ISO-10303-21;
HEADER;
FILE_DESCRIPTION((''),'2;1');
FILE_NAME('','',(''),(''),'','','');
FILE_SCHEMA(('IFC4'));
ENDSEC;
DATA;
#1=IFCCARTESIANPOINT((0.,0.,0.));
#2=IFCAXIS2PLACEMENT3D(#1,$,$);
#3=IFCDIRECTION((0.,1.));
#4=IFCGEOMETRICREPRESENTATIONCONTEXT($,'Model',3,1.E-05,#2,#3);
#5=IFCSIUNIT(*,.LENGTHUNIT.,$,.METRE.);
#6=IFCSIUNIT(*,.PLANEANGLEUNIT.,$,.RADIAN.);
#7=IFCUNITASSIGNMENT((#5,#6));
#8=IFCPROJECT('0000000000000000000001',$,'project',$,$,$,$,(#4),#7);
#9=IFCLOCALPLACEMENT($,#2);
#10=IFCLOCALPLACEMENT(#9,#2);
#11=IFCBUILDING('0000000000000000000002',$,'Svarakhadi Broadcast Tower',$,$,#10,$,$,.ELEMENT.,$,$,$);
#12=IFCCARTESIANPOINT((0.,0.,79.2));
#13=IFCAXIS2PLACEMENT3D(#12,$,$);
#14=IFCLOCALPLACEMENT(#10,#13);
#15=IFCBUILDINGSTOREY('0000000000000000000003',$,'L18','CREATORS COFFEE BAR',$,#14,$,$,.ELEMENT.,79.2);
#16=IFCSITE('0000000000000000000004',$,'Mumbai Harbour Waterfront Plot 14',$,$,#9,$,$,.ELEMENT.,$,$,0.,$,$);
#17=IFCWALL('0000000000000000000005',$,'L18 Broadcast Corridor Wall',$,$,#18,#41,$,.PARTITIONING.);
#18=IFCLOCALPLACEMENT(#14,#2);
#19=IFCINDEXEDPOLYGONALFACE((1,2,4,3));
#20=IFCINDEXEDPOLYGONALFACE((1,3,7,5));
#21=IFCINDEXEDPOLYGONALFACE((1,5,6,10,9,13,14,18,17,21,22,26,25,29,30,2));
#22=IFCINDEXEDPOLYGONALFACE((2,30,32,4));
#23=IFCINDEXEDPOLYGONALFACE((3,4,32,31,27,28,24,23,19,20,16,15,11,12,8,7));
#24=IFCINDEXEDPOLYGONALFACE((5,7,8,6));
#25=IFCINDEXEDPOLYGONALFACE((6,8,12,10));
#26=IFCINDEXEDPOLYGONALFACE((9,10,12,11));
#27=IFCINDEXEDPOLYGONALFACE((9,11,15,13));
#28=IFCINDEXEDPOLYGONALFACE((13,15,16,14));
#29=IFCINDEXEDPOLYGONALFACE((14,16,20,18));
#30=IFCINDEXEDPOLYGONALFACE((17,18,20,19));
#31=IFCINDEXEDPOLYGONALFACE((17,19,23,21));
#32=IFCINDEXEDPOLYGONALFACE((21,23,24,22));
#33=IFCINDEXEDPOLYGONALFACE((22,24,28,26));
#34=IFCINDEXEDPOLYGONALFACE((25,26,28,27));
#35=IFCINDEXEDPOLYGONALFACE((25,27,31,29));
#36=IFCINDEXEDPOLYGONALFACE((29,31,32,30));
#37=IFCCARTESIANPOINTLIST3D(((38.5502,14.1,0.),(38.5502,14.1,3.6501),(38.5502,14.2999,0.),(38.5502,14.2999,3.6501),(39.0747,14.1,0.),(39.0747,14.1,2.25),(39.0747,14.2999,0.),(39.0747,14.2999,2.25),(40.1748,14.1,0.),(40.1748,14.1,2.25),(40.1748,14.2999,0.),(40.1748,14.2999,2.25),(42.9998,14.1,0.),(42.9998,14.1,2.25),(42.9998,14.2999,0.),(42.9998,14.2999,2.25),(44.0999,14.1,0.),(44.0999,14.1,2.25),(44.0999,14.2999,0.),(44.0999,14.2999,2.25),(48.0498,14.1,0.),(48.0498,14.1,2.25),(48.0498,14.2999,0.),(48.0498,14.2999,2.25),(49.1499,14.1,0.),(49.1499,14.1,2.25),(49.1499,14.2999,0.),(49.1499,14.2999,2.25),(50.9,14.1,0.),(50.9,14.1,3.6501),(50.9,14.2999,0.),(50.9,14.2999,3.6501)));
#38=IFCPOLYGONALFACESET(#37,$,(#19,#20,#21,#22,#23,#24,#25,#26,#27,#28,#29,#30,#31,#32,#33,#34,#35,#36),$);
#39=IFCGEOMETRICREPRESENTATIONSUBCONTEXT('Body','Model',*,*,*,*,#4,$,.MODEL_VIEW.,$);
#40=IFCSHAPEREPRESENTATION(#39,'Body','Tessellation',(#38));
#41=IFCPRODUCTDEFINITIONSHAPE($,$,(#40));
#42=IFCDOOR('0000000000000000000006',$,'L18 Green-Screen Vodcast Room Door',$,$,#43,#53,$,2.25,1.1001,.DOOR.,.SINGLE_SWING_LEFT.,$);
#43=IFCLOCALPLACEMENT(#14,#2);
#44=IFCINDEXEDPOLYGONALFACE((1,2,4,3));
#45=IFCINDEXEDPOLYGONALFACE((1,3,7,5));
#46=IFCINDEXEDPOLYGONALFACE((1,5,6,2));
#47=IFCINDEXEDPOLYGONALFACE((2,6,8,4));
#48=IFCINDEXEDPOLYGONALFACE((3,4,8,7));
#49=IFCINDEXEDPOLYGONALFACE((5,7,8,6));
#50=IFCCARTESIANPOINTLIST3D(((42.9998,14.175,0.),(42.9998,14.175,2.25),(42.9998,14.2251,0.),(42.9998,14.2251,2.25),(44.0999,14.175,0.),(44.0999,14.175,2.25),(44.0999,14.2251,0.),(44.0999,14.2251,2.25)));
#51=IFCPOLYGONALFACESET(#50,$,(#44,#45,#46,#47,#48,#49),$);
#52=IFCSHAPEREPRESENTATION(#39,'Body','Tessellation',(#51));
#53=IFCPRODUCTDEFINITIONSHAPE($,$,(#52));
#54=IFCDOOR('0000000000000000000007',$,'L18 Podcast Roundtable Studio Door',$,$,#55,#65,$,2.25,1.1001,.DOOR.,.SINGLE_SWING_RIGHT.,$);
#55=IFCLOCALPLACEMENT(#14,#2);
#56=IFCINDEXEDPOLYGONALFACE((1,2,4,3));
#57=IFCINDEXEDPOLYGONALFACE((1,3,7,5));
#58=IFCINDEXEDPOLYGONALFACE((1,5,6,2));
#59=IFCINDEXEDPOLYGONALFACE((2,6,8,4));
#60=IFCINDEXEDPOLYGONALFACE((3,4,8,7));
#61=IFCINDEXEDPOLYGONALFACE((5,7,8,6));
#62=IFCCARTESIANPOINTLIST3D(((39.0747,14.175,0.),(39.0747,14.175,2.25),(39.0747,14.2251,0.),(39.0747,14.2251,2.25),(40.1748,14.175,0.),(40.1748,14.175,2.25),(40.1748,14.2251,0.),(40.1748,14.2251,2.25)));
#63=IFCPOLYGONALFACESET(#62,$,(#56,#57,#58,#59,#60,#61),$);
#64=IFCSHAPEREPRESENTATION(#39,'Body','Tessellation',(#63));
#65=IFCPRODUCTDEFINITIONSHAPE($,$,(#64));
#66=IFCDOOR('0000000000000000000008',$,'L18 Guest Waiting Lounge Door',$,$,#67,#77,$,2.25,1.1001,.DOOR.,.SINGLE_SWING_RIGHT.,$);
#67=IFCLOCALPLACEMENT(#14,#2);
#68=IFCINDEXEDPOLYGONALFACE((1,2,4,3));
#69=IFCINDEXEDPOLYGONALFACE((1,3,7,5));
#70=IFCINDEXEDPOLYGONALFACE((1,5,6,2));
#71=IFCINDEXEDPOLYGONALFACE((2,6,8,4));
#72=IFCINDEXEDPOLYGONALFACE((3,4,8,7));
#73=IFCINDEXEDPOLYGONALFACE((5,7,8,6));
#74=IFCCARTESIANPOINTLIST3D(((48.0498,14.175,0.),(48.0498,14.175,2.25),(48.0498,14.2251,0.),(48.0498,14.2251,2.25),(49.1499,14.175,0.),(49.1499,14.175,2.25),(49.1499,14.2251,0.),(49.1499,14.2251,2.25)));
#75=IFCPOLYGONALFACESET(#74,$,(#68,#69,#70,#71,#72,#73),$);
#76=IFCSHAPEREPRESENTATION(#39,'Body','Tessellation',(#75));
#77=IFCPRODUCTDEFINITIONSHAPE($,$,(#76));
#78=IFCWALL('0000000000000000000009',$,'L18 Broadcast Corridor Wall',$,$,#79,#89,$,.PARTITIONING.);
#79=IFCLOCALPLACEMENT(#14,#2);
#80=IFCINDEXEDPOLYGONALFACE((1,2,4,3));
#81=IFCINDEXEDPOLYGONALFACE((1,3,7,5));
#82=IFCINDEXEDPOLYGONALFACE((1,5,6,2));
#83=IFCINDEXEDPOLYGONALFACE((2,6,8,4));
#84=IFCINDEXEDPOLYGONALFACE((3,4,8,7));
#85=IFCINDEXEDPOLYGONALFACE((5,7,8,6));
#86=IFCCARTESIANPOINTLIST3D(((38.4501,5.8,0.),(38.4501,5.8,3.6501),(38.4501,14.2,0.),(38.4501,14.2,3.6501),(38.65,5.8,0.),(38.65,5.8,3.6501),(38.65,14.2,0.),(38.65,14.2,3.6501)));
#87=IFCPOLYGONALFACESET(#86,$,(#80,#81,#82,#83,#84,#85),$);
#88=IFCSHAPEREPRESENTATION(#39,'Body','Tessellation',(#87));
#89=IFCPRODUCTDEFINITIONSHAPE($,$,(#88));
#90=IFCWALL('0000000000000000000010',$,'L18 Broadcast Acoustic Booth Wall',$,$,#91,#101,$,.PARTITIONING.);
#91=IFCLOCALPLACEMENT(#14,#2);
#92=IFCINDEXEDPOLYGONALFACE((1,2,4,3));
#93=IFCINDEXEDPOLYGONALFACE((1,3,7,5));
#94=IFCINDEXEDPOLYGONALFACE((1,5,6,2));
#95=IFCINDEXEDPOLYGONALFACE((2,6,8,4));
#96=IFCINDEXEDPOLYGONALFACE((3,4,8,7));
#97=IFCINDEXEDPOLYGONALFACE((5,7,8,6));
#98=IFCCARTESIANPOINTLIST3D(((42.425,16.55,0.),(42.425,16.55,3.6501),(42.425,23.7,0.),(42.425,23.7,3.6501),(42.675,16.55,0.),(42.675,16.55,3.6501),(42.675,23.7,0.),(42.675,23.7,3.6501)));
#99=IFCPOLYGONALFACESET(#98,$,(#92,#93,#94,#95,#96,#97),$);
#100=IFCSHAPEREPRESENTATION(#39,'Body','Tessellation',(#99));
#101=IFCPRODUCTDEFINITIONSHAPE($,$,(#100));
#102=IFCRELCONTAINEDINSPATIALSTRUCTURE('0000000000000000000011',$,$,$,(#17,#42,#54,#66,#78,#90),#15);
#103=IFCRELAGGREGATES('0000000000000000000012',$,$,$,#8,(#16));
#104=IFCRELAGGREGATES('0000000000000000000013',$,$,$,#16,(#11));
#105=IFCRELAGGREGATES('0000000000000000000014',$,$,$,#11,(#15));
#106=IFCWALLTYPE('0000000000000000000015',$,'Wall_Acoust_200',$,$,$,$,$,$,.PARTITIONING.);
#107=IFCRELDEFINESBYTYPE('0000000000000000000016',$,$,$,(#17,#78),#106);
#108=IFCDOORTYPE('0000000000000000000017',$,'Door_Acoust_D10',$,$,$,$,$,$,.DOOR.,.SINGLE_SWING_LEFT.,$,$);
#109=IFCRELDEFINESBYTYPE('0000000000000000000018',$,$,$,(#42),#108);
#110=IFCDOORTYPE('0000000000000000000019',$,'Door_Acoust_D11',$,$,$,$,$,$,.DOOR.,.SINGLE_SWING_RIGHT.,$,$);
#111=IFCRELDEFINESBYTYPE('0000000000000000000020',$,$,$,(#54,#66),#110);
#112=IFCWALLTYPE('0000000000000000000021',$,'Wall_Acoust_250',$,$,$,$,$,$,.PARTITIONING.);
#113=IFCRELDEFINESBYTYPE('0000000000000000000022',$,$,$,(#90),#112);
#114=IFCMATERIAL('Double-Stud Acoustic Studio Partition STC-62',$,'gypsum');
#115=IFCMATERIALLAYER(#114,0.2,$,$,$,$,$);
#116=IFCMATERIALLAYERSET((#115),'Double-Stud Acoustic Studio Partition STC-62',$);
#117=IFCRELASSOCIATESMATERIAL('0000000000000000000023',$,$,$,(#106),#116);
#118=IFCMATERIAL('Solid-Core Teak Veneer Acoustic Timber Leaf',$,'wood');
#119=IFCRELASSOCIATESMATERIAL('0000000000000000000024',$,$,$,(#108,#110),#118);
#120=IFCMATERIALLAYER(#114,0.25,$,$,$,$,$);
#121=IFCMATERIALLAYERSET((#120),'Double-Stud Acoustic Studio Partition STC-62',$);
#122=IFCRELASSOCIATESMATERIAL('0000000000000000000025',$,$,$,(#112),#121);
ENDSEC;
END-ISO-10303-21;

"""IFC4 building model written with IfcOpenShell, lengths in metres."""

from ifc_helpers import new_model, si_unit, direction, frame, frame_2d, origin, place, context, subcontext, project, spatial, rectangle, extrude, material, layer, layer_set, type_object, element, fill, save


model = new_model("IFC4")

# Units and contexts
model_context = context("Model", 3, precision=1e-05, world=origin(), true_north=direction((0.0, 1.0)))
body_context = subcontext(model_context, "Body", "Model", "MODEL_VIEW")
ifc_project = project(units=[si_unit("LENGTHUNIT", "METRE"), si_unit("PLANEANGLEUNIT", "RADIAN")], contexts=[model_context])

# Site, building, storey
site_placement = place(None, origin())
site = spatial("IfcSite", under=ifc_project, at=site_placement, Name="Mumbai Harbour Waterfront Plot 14", CompositionType="ELEMENT", RefElevation=0.0)
building_placement = place(site_placement, origin())
building = spatial("IfcBuilding", under=site, at=building_placement, Name="Svarakhadi Broadcast Tower", CompositionType="ELEMENT")
storey_placement = place(building_placement, frame((0.0, 0.0, 79.2)))
storey = spatial("IfcBuildingStorey", under=building, at=storey_placement, Name="L18", Description="CREATORS COFFEE BAR", CompositionType="ELEMENT", Elevation=79.2)

# Shared definitions
ifc_material_1 = material(Name="Double-Stud Acoustic Studio Partition STC-62", Category="gypsum")
ifc_layer_1 = layer(ifc_material_1, 0.2)
ifc_layer_set_1 = layer_set([ifc_layer_1], Name="Double-Stud Acoustic Studio Partition STC-62")
wall_type_1 = type_object("IfcWallType", Name="Wall_Acoust_200", PredefinedType="PARTITIONING", material=ifc_layer_set_1)

# Shared definitions
ifc_material_2 = material(Name="Solid-Core Teak Veneer Acoustic Timber Leaf", Category="wood")
door_type_1 = type_object("IfcDoorType", Name="Door_Acoust_D10", OperationType="SINGLE_SWING_LEFT", PredefinedType="DOOR", material=ifc_material_2)

# Wall, openings, doors
wall_1_placement = place(storey_placement, frame((50.8999, 14.2, 0.0), z_axis=(0.0, 0.0, 1.0), x_axis=(-1.0, 0.0, 0.0)))
wall_1 = element("IfcWall", 1, at=wall_1_placement, inside=storey, type_object=wall_type_1, Name="L18 Broadcast Corridor Wall", PredefinedType="PARTITIONING", context=body_context, shape_type="SweptSolid", body=[
    extrude(rectangle(XDim=12.3499, YDim=0.2, at=frame_2d((6.1748, 0.0))), origin(), (0.0, 0.0, 1.0), 3.6501),
])
opening_1_placement = place(wall_1_placement, frame((10.7251, 0.0, 0.0)))
opening_1 = element("IfcOpeningElement", 2, at=opening_1_placement, cuts=wall_1, PredefinedType="OPENING", context=body_context, shape_type="SweptSolid", body=[
    extrude(rectangle(XDim=1.1001, YDim=2.25, at=frame_2d((0.55, 1.125))), frame((0.0, 0.1099, 0.0), z_axis=(0.0, -1.0, 0.0), x_axis=(1.0, 0.0, 0.0)), (0.0, 0.0, 1.0), 0.22),
])
opening_2_placement = place(wall_1_placement, frame((6.8, 0.0, 0.0)))
opening_2 = element("IfcOpeningElement", 3, at=opening_2_placement, cuts=wall_1, PredefinedType="OPENING", context=body_context, shape_type="SweptSolid", body=[
    extrude(rectangle(XDim=1.1001, YDim=2.25, at=frame_2d((0.55, 1.125))), frame((0.0, 0.1099, 0.0), z_axis=(0.0, -1.0, 0.0), x_axis=(1.0, 0.0, 0.0)), (0.0, 0.0, 1.0), 0.22),
])
opening_3_placement = place(wall_1_placement, frame((1.75, 0.0, 0.0)))
opening_3 = element("IfcOpeningElement", 4, at=opening_3_placement, cuts=wall_1, PredefinedType="OPENING", context=body_context, shape_type="SweptSolid", body=[
    extrude(rectangle(XDim=1.1001, YDim=2.25, at=frame_2d((0.55, 1.125))), frame((0.0, 0.1099, 0.0), z_axis=(0.0, -1.0, 0.0), x_axis=(1.0, 0.0, 0.0)), (0.0, 0.0, 1.0), 0.22),
])
door_1_placement = place(opening_2_placement, origin())
door_1 = element("IfcDoor", 5, at=door_1_placement, inside=storey, type_object=door_type_1, Name="L18 Green-Screen Vodcast Room Door", OperationType="SINGLE_SWING_LEFT", OverallHeight=2.25, OverallWidth=1.1001, PredefinedType="DOOR", context=body_context, shape_type="SweptSolid", body=[
    extrude(rectangle(XDim=1.1001, YDim=2.25, at=frame_2d((0.55, 1.125))), frame((0.0, 0.0249, 0.0), z_axis=(0.0, -1.0, 0.0), x_axis=(1.0, 0.0, 0.0)), (0.0, 0.0, 1.0), 0.05),
])
fill(opening_2, door_1)
door_type_2 = type_object("IfcDoorType", Name="Door_Acoust_D11", OperationType="SINGLE_SWING_RIGHT", PredefinedType="DOOR", material=ifc_material_2)
door_2_placement = place(opening_1_placement, origin())
door_2 = element("IfcDoor", 6, at=door_2_placement, inside=storey, type_object=door_type_2, Name="L18 Podcast Roundtable Studio Door", OperationType="SINGLE_SWING_RIGHT", OverallHeight=2.25, OverallWidth=1.1001, PredefinedType="DOOR", context=body_context, shape_type="SweptSolid", body=[
    extrude(rectangle(XDim=1.1001, YDim=2.25, at=frame_2d((0.55, 1.125))), frame((0.0, 0.0249, 0.0), z_axis=(0.0, -1.0, 0.0), x_axis=(1.0, 0.0, 0.0)), (0.0, 0.0, 1.0), 0.05),
])
fill(opening_1, door_2)
door_3_placement = place(opening_3_placement, origin())
door_3 = element("IfcDoor", 7, at=door_3_placement, inside=storey, type_object=door_type_2, Name="L18 Guest Waiting Lounge Door", OperationType="SINGLE_SWING_RIGHT", OverallHeight=2.25, OverallWidth=1.1001, PredefinedType="DOOR", context=body_context, shape_type="SweptSolid", body=[
    extrude(rectangle(XDim=1.1001, YDim=2.25, at=frame_2d((0.55, 1.125))), frame((0.0, 0.0249, 0.0), z_axis=(0.0, -1.0, 0.0), x_axis=(1.0, 0.0, 0.0)), (0.0, 0.0, 1.0), 0.05),
])
fill(opening_3, door_3)

# Walls
wall_2_placement = place(storey_placement, frame((38.55, 14.2, 0.0), z_axis=(0.0, 0.0, 1.0), x_axis=(0.0, -1.0, 0.0)))
element("IfcWall", 8, at=wall_2_placement, inside=storey, type_object=wall_type_1, Name="L18 Broadcast Corridor Wall", PredefinedType="PARTITIONING", context=body_context, shape_type="SweptSolid", body=[
    extrude(rectangle(XDim=8.3999, YDim=0.2, at=frame_2d((4.2, 0.0))), origin(), (0.0, 0.0, 1.0), 3.6501),
])
ifc_layer_2 = layer(ifc_material_1, 0.25)
ifc_layer_set_2 = layer_set([ifc_layer_2], Name="Double-Stud Acoustic Studio Partition STC-62")
wall_type_2 = type_object("IfcWallType", Name="Wall_Acoust_250", PredefinedType="PARTITIONING", material=ifc_layer_set_2)
wall_3_placement = place(storey_placement, frame((42.55, 16.55, 0.0), z_axis=(0.0, 0.0, 1.0), x_axis=(0.0, 1.0, 0.0)))
element("IfcWall", 9, at=wall_3_placement, inside=storey, type_object=wall_type_2, Name="L18 Broadcast Acoustic Booth Wall", PredefinedType="PARTITIONING", context=body_context, shape_type="SweptSolid", body=[
    extrude(rectangle(XDim=7.1499, YDim=0.25, at=frame_2d((3.575, 0.0))), origin(), (0.0, 0.0, 1.0), 3.6501),
])

save(model, "model.ifc")
